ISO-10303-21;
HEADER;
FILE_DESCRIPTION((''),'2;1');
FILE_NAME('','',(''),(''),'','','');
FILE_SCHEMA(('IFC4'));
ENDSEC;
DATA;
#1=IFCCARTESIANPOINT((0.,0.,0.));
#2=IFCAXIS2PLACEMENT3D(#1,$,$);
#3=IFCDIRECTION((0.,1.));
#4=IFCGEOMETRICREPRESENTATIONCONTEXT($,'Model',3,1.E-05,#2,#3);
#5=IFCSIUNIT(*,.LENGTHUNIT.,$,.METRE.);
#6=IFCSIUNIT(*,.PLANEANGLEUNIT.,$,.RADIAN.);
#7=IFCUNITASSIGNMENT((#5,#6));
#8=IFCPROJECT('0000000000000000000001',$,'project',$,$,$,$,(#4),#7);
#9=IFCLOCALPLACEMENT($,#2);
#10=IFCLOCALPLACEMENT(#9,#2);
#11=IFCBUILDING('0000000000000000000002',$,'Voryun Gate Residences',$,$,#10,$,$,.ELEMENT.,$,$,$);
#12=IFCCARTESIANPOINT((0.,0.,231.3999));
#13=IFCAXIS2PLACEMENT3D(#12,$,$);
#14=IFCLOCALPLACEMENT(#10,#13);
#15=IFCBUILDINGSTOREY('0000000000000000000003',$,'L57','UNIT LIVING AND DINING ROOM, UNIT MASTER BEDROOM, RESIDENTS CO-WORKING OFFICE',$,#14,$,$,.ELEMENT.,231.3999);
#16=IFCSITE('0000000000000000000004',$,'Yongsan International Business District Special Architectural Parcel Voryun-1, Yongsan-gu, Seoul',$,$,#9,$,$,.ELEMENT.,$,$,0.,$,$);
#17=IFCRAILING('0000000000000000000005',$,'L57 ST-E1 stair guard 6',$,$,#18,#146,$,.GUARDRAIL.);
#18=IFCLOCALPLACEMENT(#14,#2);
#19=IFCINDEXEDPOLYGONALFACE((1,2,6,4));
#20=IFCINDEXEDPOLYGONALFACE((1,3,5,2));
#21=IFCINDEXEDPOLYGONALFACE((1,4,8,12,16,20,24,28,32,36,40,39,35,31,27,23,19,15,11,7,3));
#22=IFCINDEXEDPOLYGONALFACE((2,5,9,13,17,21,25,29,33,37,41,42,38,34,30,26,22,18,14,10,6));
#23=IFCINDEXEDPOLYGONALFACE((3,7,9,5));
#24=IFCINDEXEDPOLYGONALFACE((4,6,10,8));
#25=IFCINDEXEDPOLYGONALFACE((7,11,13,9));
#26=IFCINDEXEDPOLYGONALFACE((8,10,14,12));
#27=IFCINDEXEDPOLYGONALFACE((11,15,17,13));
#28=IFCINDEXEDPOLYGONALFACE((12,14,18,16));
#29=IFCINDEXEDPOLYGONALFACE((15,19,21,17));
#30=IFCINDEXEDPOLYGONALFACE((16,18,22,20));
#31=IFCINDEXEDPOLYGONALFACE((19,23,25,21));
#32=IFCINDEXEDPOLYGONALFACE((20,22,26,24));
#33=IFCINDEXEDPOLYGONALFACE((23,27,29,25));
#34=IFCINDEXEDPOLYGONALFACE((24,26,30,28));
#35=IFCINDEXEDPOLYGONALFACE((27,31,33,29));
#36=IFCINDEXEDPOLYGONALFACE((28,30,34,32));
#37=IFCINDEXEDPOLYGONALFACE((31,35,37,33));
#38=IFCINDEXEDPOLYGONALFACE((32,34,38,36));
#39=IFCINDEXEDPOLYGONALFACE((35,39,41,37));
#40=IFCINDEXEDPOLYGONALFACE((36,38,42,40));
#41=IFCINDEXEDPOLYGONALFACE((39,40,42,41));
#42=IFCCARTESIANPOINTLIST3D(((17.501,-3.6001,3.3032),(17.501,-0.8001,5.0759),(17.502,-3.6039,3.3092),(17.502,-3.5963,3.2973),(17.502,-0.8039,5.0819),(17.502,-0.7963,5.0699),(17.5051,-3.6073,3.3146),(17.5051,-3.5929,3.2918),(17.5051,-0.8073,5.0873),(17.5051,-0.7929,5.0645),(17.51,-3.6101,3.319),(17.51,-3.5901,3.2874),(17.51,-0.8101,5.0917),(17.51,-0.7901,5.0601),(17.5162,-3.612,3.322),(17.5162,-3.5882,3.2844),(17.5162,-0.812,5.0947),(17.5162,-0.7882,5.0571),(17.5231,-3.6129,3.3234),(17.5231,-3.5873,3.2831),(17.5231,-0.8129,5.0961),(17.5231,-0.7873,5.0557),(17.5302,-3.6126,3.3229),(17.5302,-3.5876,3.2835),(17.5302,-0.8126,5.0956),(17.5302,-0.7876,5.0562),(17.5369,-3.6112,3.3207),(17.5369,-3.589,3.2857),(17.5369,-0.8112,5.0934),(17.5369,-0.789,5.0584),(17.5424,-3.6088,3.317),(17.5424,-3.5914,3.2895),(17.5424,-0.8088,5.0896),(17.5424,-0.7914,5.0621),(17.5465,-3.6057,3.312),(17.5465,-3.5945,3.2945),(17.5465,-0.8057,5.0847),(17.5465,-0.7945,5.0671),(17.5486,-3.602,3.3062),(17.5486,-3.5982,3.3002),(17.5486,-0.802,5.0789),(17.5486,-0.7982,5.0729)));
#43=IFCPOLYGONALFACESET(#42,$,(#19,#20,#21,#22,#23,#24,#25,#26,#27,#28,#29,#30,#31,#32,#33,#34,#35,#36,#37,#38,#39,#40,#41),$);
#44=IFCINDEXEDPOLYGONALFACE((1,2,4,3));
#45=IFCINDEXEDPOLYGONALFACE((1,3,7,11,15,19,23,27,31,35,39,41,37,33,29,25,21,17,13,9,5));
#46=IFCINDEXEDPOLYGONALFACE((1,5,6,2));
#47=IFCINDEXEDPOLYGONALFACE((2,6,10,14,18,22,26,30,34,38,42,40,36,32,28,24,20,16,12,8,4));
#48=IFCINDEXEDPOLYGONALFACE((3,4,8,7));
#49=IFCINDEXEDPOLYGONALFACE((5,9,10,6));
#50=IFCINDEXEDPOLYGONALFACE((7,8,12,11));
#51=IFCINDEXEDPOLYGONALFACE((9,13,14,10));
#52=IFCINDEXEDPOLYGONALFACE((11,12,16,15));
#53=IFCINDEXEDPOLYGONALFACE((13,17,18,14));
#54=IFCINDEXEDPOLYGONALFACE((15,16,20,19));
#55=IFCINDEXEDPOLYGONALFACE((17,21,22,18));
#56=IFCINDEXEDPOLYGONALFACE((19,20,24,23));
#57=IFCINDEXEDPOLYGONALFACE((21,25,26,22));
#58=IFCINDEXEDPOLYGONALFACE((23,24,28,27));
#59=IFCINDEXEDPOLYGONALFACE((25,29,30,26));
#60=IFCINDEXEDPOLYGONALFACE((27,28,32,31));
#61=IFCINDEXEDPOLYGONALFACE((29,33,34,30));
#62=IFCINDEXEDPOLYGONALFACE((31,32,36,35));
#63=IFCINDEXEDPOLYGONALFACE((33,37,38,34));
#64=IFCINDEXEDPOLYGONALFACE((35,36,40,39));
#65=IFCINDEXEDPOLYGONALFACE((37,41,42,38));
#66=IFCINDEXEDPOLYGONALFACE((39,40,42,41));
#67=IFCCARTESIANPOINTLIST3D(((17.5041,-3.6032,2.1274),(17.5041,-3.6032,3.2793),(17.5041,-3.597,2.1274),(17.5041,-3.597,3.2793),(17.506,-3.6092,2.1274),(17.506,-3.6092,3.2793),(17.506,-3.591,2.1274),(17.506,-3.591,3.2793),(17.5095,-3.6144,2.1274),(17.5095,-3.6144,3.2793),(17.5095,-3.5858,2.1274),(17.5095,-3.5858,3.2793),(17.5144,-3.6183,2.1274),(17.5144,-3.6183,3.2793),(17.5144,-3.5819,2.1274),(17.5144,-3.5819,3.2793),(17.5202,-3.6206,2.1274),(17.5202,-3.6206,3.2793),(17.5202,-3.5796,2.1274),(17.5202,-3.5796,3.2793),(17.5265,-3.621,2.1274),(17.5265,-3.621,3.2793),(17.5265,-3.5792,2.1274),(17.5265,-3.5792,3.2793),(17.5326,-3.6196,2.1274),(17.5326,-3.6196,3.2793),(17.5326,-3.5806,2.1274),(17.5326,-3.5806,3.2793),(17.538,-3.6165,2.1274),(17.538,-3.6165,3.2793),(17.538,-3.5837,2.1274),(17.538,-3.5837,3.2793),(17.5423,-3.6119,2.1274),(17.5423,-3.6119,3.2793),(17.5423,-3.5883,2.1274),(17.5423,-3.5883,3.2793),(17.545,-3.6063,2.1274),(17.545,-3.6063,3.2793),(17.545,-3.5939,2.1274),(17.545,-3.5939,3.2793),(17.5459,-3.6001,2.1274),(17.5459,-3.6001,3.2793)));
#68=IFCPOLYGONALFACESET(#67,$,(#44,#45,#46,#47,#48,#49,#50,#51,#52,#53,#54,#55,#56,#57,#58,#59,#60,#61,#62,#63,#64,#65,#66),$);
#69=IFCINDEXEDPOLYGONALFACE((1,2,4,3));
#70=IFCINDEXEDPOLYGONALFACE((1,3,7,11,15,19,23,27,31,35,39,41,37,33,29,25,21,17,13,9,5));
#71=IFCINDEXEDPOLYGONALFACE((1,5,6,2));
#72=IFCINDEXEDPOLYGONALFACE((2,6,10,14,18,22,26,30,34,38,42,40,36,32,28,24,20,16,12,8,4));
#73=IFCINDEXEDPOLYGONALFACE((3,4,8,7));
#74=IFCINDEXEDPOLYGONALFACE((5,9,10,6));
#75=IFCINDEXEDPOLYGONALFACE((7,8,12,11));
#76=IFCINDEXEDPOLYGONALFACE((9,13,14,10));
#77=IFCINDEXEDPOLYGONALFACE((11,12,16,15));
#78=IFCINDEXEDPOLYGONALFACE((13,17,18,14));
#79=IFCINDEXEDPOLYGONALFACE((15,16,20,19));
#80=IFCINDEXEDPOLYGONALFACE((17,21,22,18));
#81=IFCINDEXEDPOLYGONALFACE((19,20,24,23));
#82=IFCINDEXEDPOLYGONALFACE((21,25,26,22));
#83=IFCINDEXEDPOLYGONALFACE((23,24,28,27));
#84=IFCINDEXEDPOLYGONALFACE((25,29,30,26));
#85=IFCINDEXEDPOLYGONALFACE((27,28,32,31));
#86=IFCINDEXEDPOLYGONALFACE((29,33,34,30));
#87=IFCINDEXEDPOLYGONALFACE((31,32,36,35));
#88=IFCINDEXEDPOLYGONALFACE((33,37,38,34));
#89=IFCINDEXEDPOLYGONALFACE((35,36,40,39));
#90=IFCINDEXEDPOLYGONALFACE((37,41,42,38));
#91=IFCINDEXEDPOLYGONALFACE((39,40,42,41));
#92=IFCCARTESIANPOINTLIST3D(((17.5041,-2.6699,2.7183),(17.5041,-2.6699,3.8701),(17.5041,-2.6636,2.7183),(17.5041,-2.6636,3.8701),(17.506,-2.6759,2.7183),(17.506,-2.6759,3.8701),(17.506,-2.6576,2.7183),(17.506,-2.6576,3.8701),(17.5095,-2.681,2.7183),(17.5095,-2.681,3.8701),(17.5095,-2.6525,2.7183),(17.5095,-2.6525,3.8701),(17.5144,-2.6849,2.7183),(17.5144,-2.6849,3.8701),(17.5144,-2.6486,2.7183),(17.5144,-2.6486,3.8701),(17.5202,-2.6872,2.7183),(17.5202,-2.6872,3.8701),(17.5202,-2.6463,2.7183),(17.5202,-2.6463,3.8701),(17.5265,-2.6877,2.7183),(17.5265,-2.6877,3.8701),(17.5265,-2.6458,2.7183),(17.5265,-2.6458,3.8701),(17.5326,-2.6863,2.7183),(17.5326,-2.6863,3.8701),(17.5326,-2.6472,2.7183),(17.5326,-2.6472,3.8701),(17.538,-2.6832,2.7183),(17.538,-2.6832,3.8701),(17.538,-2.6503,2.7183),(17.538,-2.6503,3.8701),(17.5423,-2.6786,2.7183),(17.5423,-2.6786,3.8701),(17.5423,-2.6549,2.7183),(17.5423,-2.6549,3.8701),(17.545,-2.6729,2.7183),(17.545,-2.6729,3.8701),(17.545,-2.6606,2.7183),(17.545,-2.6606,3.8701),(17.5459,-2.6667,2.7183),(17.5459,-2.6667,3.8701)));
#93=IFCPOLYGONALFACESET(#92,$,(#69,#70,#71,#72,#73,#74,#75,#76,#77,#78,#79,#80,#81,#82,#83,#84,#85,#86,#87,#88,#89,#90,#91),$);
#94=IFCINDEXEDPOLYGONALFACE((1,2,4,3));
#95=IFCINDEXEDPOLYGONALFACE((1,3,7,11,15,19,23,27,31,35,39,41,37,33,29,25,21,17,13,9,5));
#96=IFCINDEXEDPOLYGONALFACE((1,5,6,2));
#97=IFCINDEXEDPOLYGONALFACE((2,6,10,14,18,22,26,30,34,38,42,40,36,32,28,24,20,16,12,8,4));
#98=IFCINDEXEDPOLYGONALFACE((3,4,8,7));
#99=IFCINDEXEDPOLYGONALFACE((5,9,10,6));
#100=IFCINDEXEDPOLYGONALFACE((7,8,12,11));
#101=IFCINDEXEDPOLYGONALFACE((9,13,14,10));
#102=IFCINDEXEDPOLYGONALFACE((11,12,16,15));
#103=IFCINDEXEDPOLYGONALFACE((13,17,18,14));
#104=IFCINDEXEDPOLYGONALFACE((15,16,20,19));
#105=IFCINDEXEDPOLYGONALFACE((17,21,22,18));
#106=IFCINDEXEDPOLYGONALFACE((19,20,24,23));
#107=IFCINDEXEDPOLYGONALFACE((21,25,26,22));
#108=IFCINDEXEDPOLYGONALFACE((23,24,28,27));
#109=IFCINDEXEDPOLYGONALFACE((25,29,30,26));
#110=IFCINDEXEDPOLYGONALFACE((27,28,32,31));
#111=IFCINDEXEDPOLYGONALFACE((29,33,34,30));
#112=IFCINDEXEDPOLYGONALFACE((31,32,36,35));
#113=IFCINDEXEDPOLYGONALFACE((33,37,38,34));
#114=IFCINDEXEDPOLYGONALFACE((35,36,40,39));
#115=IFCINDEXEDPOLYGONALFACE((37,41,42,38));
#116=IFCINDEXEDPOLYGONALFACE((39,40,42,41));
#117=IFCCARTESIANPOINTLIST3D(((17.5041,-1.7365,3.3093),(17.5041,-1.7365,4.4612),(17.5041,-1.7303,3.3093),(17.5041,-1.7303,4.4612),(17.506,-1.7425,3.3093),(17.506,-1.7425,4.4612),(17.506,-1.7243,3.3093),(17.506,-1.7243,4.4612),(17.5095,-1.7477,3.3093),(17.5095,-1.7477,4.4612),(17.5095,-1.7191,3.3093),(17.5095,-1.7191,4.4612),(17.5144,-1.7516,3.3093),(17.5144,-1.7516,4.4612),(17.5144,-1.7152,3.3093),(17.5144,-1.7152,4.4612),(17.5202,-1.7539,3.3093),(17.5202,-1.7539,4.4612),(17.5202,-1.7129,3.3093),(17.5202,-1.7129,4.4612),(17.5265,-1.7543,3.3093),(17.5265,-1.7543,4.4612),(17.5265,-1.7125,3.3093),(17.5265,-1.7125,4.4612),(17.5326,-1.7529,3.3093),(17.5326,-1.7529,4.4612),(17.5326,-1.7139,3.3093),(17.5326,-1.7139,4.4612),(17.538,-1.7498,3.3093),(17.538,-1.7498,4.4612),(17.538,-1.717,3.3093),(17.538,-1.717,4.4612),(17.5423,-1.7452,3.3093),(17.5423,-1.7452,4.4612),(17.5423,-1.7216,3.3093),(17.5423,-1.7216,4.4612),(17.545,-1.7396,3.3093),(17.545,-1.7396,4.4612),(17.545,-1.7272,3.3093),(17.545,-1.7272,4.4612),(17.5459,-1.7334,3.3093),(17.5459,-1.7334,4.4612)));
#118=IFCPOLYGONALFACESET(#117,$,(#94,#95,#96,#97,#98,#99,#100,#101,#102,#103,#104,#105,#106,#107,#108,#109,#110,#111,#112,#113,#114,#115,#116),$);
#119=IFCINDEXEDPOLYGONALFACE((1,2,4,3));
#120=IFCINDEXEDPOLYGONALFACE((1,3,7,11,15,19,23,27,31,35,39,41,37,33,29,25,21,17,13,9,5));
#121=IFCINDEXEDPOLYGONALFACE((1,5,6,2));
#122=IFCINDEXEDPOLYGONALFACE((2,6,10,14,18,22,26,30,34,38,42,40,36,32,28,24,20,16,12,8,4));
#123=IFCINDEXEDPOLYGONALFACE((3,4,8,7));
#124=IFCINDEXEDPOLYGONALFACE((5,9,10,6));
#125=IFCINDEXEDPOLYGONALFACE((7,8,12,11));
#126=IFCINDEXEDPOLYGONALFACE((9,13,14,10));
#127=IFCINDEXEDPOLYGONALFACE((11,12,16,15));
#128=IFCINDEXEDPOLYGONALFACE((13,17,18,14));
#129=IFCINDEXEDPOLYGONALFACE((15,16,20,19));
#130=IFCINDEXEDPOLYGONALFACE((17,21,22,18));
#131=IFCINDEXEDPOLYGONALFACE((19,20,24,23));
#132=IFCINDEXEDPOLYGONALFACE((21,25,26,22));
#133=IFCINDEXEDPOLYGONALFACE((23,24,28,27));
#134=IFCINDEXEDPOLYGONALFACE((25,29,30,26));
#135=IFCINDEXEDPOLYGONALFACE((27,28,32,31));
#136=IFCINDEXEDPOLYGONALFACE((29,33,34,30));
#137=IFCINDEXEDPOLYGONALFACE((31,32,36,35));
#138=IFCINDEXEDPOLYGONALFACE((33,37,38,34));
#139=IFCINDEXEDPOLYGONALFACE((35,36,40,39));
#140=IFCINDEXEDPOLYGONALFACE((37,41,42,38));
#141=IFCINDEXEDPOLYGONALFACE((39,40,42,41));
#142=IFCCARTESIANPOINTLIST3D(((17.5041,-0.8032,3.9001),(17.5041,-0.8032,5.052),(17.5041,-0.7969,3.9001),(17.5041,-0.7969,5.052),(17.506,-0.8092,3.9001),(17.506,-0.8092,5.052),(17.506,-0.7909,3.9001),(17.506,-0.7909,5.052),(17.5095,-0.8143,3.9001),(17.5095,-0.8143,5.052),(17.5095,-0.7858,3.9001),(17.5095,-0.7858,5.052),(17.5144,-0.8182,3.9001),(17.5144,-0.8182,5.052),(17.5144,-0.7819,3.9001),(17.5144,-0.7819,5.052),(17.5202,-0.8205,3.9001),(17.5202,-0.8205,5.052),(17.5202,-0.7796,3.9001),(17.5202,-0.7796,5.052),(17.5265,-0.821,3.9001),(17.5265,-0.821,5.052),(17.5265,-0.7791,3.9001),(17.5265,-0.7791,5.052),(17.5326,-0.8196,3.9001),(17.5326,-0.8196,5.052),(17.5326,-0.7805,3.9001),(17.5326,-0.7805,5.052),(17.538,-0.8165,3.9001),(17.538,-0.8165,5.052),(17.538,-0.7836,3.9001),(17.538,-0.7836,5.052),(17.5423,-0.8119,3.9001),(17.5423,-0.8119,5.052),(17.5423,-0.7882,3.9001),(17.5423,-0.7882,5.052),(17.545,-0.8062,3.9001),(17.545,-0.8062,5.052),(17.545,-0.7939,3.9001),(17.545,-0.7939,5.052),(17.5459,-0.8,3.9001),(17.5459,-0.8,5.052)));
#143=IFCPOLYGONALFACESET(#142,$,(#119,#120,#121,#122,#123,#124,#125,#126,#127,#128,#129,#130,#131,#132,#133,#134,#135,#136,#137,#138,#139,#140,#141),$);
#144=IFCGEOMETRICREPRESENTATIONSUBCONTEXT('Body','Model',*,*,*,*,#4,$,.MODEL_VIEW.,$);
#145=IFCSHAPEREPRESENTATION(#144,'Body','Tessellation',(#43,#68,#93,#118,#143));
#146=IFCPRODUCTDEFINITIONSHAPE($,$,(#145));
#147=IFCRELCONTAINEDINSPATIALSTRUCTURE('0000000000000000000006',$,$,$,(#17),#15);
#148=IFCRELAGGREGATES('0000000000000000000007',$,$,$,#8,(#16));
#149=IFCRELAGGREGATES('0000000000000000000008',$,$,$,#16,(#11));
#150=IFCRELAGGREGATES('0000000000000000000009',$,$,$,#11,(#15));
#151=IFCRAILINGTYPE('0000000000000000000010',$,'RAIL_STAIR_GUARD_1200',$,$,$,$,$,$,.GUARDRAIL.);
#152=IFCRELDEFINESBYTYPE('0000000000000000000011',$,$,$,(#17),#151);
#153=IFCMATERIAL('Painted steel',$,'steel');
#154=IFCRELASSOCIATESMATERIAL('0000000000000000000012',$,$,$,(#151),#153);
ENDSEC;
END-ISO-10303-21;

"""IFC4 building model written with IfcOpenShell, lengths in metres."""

from ifc_helpers import new_model, si_unit, direction, frame, origin, origin_2d, place, context, subcontext, project, spatial, circle, extrude, material, type_object, element, save


model = new_model("IFC4")

# Units and contexts
model_context = context("Model", 3, precision=1e-05, world=origin(), true_north=direction((0.0, 1.0)))
body_context = subcontext(model_context, "Body", "Model", "MODEL_VIEW")
ifc_project = project(units=[si_unit("LENGTHUNIT", "METRE"), si_unit("PLANEANGLEUNIT", "RADIAN")], contexts=[model_context])

# Site, building, storey
site_placement = place(None, origin())
site = spatial("IfcSite", under=ifc_project, at=site_placement, Name="Yongsan International Business District Special Architectural Parcel Voryun-1, Yongsan-gu, Seoul", CompositionType="ELEMENT", RefElevation=0.0)
building_placement = place(site_placement, origin())
building = spatial("IfcBuilding", under=site, at=building_placement, Name="Voryun Gate Residences", CompositionType="ELEMENT")
storey_placement = place(building_placement, frame((0.0, 0.0, 231.3999)))
storey = spatial("IfcBuildingStorey", under=building, at=storey_placement, Name="L57", Description="UNIT LIVING AND DINING ROOM, UNIT MASTER BEDROOM, RESIDENTS CO-WORKING OFFICE", CompositionType="ELEMENT", Elevation=231.3999)

# Railing
ifc_material_1 = material(Name="Painted steel", Category="steel")
railing_type_1 = type_object("IfcRailingType", Name="RAIL_STAIR_GUARD_1200", PredefinedType="GUARDRAIL", material=ifc_material_1)
railing_1_placement = place(storey_placement, frame((17.5249, -3.6001, 2.1274)))
element("IfcRailing", 1, at=railing_1_placement, inside=storey, type_object=railing_type_1, Name="L57 ST-E1 stair guard 6", PredefinedType="GUARDRAIL", context=body_context, shape_type="SweptSolid", body=[
    extrude(circle(Radius=0.0239, at=origin_2d()), frame((0.0, 0.0, 1.1758), z_axis=(0.0, 0.844909, 0.53491), x_axis=(-1.0, 0.0, 0.0)), (0.0, 0.0, 1.0), 3.314),
    extrude(circle(Radius=0.021, at=origin_2d()), origin(), (0.0, 0.0, 1.0), 1.1519),
    extrude(circle(Radius=0.021, at=origin_2d()), frame((0.0, 0.9333, 0.5908)), (0.0, 0.0, 1.0), 1.1519),
    extrude(circle(Radius=0.021, at=origin_2d()), frame((0.0, 1.8667, 1.1819)), (0.0, 0.0, 1.0), 1.1519),
    extrude(circle(Radius=0.021, at=origin_2d()), frame((0.0, 2.8, 1.7727)), (0.0, 0.0, 1.0), 1.1519),
])

save(model, "model.ifc")
